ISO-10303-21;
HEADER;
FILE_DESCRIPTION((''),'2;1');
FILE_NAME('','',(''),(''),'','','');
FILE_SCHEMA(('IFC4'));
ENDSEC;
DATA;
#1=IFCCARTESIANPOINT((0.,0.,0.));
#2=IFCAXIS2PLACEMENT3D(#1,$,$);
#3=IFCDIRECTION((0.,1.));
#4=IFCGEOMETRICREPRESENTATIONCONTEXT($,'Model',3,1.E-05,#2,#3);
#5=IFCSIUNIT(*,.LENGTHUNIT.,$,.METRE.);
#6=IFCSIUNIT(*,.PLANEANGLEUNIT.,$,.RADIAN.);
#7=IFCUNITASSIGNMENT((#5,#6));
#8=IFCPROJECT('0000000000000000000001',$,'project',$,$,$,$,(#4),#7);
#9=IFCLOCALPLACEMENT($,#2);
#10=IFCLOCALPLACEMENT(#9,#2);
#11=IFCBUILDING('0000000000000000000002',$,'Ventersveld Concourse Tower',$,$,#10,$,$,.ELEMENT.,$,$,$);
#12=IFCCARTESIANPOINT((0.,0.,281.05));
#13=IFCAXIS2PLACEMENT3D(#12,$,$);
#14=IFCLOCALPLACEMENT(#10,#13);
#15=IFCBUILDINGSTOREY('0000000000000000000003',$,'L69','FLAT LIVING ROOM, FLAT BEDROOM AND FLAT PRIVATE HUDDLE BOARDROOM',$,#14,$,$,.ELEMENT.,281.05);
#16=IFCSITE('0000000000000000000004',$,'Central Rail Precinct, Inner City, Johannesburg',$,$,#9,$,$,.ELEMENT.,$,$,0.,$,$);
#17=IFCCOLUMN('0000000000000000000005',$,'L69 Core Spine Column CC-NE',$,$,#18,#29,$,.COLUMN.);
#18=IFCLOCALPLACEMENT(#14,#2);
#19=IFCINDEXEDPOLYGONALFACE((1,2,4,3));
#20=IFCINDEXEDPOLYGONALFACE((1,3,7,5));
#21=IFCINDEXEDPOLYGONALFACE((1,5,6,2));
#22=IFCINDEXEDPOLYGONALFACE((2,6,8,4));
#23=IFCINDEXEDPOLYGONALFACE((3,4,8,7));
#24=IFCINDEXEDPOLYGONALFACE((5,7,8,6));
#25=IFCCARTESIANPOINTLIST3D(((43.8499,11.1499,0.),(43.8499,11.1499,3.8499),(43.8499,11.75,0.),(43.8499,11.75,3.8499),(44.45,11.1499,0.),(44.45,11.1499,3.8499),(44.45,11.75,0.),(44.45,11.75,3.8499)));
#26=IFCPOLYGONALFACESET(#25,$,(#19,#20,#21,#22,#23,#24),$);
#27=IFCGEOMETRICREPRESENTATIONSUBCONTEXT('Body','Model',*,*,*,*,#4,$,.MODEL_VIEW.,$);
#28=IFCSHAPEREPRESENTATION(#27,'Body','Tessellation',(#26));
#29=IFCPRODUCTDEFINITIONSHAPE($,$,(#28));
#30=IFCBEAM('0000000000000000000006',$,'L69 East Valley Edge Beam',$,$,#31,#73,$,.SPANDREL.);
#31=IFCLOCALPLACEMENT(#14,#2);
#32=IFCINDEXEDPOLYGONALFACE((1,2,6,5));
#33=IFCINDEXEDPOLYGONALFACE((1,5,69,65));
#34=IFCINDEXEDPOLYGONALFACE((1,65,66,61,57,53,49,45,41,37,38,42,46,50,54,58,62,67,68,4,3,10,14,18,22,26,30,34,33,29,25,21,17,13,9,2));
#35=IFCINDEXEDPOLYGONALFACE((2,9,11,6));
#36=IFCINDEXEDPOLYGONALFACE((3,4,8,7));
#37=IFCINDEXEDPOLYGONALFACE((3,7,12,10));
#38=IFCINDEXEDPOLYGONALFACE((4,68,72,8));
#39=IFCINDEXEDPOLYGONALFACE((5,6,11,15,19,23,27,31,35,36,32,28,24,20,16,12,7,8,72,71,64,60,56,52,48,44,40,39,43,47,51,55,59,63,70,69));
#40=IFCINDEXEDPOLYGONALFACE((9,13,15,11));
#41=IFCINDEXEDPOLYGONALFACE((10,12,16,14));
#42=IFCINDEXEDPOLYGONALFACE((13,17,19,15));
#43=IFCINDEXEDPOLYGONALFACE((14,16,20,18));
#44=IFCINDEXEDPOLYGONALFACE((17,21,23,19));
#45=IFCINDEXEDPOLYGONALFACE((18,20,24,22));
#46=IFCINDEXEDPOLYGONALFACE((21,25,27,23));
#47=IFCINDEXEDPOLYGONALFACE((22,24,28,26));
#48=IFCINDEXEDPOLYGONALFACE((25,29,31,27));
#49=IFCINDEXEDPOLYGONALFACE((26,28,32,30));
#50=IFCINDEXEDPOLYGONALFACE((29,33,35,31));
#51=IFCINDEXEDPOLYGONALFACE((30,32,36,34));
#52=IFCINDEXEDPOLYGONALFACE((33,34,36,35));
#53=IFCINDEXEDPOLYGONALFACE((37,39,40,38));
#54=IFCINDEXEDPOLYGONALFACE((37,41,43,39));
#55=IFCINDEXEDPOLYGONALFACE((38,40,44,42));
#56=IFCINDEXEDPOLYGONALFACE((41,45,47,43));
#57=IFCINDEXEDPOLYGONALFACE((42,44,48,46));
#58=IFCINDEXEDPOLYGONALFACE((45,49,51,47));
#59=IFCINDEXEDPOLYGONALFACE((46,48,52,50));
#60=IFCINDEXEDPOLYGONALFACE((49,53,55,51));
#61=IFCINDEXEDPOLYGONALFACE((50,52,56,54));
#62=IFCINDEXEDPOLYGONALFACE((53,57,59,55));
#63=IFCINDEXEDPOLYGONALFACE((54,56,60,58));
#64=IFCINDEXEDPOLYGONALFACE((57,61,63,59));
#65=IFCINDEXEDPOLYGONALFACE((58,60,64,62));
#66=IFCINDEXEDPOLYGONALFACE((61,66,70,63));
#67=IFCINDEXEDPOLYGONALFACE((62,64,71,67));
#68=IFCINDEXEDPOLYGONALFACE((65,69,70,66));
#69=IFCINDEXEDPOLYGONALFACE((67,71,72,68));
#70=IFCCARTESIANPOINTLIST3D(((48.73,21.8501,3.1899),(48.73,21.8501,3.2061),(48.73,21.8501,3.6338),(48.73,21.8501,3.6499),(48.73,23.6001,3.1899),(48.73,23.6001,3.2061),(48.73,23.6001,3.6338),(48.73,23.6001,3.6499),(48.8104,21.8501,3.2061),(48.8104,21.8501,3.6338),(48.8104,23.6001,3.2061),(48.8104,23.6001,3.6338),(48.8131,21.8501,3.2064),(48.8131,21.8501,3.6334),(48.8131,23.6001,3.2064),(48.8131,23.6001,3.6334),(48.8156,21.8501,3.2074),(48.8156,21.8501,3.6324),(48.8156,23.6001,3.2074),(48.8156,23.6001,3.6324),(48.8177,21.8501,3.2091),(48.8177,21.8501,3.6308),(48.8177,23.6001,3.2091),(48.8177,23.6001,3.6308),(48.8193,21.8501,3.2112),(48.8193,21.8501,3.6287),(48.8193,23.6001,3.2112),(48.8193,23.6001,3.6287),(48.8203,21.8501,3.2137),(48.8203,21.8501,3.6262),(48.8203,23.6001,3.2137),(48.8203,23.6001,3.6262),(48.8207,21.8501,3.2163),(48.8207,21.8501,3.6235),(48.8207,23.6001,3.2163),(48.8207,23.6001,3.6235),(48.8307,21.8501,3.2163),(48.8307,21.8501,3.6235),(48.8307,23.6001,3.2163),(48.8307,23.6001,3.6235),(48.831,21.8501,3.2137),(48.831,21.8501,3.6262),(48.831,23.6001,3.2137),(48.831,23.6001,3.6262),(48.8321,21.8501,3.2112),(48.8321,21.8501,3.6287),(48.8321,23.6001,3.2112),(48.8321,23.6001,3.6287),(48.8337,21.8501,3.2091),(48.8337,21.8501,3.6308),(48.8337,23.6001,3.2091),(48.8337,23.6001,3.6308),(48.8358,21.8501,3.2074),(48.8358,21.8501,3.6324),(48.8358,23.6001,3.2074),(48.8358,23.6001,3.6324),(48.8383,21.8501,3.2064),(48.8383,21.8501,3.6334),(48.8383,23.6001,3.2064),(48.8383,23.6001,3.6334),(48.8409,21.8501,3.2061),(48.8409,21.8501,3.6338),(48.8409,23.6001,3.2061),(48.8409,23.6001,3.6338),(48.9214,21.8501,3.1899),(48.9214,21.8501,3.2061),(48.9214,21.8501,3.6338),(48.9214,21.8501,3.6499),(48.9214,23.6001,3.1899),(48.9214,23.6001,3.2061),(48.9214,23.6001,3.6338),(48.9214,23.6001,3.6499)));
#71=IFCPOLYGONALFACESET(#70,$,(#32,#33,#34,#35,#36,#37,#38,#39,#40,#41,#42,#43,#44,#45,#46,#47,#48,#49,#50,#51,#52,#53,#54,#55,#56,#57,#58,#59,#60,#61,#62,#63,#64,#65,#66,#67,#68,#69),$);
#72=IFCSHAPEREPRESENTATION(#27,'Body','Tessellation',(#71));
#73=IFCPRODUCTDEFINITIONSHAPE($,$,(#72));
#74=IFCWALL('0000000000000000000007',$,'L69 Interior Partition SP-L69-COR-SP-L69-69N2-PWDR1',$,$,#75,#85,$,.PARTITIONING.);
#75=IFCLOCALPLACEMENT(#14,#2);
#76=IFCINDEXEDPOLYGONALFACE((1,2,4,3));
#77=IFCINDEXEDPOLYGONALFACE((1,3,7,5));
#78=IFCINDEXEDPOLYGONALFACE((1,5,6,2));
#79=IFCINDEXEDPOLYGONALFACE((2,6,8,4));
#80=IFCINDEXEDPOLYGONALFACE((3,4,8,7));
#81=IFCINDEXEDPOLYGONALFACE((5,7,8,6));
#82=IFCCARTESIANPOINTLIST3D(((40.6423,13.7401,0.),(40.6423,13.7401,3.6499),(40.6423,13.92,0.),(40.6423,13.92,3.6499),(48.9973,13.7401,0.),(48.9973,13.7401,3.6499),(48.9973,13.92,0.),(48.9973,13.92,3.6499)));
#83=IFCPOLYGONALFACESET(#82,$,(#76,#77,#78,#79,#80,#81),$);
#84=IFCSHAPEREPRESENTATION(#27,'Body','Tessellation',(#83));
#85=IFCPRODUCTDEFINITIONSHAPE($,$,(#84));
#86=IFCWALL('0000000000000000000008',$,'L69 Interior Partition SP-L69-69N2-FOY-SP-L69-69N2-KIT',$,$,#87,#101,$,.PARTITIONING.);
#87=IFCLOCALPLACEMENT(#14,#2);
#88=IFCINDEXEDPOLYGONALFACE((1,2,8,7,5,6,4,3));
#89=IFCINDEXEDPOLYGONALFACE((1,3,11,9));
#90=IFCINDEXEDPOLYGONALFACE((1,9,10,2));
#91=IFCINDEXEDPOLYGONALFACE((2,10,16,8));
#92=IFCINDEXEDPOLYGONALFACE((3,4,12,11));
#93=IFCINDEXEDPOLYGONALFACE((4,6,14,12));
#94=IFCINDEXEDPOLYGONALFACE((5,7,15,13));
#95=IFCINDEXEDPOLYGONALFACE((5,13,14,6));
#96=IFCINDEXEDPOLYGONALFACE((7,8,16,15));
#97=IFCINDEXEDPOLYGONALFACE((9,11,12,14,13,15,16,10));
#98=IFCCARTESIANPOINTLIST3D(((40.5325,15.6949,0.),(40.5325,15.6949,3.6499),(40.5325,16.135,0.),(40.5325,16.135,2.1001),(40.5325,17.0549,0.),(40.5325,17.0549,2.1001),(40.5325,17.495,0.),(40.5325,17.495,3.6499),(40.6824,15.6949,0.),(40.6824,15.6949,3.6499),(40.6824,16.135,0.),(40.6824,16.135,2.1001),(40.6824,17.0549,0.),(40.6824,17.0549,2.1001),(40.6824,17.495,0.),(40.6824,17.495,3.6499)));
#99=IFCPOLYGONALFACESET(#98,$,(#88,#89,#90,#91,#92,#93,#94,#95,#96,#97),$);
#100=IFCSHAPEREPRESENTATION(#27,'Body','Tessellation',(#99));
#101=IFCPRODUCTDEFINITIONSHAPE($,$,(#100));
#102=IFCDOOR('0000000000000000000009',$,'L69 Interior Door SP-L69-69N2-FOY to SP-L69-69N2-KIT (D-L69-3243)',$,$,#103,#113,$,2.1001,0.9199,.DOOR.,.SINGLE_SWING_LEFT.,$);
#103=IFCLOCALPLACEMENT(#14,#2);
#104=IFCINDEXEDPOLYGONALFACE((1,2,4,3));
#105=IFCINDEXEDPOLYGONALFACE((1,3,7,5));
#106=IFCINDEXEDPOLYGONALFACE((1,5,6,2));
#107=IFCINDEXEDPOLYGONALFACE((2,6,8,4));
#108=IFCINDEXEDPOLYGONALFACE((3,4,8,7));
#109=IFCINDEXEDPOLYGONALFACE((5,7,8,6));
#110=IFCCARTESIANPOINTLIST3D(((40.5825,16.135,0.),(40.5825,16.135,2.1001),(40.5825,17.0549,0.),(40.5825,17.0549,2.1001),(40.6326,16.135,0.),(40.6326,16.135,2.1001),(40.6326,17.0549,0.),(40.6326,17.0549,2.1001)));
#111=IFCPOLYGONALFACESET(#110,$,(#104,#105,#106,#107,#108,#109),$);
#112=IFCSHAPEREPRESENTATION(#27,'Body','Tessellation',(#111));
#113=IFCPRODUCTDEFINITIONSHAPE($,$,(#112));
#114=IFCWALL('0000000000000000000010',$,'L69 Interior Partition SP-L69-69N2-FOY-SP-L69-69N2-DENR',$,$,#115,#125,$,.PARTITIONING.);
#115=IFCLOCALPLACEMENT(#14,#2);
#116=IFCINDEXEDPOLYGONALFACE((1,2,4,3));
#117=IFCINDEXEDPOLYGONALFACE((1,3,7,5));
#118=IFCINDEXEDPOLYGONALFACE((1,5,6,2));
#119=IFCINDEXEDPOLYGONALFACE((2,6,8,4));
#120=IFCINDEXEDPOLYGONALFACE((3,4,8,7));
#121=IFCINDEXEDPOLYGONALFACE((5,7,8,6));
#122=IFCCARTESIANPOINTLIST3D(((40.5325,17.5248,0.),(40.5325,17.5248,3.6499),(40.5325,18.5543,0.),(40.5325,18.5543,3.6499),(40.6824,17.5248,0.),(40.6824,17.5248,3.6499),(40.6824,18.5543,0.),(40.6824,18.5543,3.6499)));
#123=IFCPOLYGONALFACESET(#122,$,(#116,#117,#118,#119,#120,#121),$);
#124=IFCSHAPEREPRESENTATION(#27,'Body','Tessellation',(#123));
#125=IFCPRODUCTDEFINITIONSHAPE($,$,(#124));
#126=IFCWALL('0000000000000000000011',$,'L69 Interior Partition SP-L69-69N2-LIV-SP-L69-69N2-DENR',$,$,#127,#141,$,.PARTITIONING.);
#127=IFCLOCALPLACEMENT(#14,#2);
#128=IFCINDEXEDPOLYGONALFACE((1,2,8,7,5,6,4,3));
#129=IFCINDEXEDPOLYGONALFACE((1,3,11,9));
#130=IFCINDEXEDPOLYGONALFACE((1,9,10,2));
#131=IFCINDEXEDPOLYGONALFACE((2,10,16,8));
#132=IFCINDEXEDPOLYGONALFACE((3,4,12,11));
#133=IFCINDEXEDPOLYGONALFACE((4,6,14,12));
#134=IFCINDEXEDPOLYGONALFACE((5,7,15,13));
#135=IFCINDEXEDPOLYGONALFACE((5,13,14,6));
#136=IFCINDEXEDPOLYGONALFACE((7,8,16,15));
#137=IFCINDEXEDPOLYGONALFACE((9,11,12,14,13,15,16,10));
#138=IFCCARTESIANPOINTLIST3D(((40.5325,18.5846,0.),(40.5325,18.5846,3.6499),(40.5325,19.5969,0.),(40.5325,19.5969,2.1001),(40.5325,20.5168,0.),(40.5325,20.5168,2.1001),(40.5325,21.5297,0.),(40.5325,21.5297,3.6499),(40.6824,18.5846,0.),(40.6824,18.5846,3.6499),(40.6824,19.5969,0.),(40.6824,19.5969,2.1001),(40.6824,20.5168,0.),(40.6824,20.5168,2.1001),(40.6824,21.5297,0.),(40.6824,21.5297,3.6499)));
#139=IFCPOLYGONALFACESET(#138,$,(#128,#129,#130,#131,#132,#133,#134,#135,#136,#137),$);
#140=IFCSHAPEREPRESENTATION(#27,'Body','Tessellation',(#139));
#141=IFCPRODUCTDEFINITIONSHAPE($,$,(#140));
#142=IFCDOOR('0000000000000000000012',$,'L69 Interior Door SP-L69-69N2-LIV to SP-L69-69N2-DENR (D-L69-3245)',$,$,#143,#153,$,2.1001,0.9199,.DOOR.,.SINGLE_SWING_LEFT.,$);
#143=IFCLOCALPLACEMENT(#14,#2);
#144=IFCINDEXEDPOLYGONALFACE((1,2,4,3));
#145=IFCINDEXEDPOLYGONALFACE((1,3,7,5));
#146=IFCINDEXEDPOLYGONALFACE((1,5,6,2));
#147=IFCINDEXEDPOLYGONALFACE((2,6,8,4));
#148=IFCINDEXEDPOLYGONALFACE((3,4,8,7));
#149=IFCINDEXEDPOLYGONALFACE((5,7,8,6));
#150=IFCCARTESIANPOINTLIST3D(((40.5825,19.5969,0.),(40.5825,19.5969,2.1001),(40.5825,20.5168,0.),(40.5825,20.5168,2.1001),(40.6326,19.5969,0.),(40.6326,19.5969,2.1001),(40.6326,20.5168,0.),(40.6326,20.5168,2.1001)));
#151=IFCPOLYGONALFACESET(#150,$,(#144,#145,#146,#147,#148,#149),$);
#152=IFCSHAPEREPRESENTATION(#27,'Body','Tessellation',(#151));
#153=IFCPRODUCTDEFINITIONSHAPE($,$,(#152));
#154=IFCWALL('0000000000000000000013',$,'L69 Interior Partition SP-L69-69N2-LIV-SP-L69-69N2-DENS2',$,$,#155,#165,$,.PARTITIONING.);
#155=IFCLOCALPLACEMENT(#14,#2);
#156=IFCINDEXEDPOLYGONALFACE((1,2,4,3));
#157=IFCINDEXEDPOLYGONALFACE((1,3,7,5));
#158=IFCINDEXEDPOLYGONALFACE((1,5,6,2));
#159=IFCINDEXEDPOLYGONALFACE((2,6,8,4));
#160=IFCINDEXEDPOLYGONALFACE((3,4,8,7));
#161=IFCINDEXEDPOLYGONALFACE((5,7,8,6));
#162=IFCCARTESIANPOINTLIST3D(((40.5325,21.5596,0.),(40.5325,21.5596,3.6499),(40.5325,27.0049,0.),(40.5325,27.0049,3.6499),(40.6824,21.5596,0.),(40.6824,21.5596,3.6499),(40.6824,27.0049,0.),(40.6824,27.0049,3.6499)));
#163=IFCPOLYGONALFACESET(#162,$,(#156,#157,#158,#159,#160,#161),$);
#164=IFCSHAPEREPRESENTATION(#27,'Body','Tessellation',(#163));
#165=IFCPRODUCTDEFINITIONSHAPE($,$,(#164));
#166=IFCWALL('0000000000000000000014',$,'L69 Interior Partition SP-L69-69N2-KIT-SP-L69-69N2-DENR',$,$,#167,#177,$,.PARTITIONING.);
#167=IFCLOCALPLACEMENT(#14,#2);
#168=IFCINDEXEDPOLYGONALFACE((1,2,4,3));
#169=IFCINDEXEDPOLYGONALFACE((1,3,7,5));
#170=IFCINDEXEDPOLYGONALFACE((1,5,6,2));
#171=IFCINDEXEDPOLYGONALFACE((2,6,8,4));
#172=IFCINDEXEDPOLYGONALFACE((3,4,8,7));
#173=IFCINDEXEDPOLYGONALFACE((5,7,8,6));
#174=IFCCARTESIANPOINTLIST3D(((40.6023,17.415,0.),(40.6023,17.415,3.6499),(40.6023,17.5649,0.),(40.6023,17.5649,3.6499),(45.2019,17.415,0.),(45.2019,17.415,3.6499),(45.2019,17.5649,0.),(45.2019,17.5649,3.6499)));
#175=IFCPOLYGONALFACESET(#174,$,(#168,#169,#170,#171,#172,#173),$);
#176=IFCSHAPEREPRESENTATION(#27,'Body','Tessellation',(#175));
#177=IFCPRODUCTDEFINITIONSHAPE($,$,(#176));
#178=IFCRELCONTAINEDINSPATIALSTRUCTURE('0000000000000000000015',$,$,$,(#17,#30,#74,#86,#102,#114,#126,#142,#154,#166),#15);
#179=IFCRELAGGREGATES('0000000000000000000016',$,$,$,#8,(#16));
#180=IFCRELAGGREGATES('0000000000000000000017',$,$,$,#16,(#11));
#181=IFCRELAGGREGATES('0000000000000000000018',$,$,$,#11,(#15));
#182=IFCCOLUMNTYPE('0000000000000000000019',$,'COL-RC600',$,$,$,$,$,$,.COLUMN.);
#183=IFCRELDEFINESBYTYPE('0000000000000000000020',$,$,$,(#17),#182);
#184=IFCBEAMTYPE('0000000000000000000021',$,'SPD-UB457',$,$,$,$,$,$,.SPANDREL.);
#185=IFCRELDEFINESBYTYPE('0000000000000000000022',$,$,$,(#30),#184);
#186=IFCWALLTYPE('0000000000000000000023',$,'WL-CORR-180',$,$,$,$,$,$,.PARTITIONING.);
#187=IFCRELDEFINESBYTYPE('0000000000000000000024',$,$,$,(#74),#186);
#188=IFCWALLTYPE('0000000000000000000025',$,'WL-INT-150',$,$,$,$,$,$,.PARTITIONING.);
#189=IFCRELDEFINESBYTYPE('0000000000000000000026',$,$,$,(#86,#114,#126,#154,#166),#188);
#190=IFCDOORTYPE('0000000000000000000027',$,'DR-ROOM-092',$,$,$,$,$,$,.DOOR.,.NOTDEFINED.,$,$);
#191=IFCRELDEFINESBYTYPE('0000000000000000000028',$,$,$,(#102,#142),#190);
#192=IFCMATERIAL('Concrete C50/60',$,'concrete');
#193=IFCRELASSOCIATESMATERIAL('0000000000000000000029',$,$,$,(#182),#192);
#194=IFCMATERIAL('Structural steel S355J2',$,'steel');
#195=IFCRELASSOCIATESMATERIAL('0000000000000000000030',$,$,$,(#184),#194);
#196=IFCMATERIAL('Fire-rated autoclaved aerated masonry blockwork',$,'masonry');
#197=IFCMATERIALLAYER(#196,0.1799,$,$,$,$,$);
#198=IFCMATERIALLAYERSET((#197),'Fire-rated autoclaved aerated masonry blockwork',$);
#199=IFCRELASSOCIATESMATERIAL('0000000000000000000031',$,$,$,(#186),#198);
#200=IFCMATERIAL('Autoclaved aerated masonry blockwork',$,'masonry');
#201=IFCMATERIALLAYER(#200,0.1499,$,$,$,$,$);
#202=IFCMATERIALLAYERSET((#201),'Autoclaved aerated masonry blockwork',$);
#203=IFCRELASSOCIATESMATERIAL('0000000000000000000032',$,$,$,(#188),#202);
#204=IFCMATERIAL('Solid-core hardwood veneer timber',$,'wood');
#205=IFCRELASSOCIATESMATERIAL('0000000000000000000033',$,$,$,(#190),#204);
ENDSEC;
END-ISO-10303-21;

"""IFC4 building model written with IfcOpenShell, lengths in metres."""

from ifc_helpers import new_model, si_unit, direction, frame, frame_2d, origin, origin_2d, place, context, subcontext, project, spatial, rectangle, i_section, extrude, material, layer, layer_set, material_profile, profile_set, type_object, element, fill, save


model = new_model("IFC4")

# Units and contexts
model_context = context("Model", 3, precision=1e-05, world=origin(), true_north=direction((0.0, 1.0)))
body_context = subcontext(model_context, "Body", "Model", "MODEL_VIEW")
ifc_project = project(units=[si_unit("LENGTHUNIT", "METRE"), si_unit("PLANEANGLEUNIT", "RADIAN")], contexts=[model_context])

# Site, building, storey
site_placement = place(None, origin())
site = spatial("IfcSite", under=ifc_project, at=site_placement, Name="Central Rail Precinct, Inner City, Johannesburg", CompositionType="ELEMENT", RefElevation=0.0)
building_placement = place(site_placement, origin())
building = spatial("IfcBuilding", under=site, at=building_placement, Name="Ventersveld Concourse Tower", CompositionType="ELEMENT")
storey_placement = place(building_placement, frame((0.0, 0.0, 281.05)))
storey = spatial("IfcBuildingStorey", under=building, at=storey_placement, Name="L69", Description="FLAT LIVING ROOM, FLAT BEDROOM AND FLAT PRIVATE HUDDLE BOARDROOM", CompositionType="ELEMENT", Elevation=281.05)

# Column
ifc_material_1 = material(Name="Concrete C50/60", Category="concrete")
ifc_material_profile_1 = material_profile(ifc_material_1, rectangle(XDim=0.6001, YDim=0.6001, at=origin_2d()), Name="RC 600x600")
ifc_profile_set_1 = profile_set([ifc_material_profile_1], Name="Concrete C50/60")
column_type = type_object("IfcColumnType", Name="COL-RC600", PredefinedType="COLUMN", material=ifc_profile_set_1)
column_placement = place(storey_placement, frame((44.1499, 11.45, 0.0), z_axis=(0.0, 0.0, 1.0), x_axis=(1.0, 0.0, 0.0)))
element("IfcColumn", 1, at=column_placement, inside=storey, type_object=column_type, Name="L69 Core Spine Column CC-NE", PredefinedType="COLUMN", context=body_context, shape_type="SweptSolid", body=[
    extrude(rectangle(XDim=0.6001, YDim=0.6001, at=origin_2d()), origin(), (0.0, 0.0, 1.0), 3.8499),
])

# Beam
ifc_material_2 = material(Name="Structural steel S355J2", Category="steel")
ifc_material_profile_2 = material_profile(ifc_material_2, i_section(OverallWidth=0.1914, OverallDepth=0.46, WebThickness=0.01, FlangeThickness=0.0161, FilletRadius=0.0103, at=origin_2d()), Name="UB 457x191x82")
ifc_profile_set_2 = profile_set([ifc_material_profile_2], Name="Structural steel S355J2")
beam_type = type_object("IfcBeamType", Name="SPD-UB457", PredefinedType="SPANDREL", material=ifc_profile_set_2)
beam_placement = place(storey_placement, frame((48.8257, 21.8501, 3.4199), z_axis=(0.0, 1.0, 0.0), x_axis=(-1.0, 0.0, 0.0)))
element("IfcBeam", 2, at=beam_placement, inside=storey, type_object=beam_type, Name="L69 East Valley Edge Beam", PredefinedType="SPANDREL", context=body_context, shape_type="SweptSolid", body=[
    extrude(i_section(OverallWidth=0.1914, OverallDepth=0.46, WebThickness=0.01, FlangeThickness=0.0161, FilletRadius=0.0103, at=origin_2d()), origin(), (0.0, 0.0, 1.0), 1.75),
])

# Shared definitions
ifc_material_3 = material(Name="Fire-rated autoclaved aerated masonry blockwork", Category="masonry")
ifc_layer_1 = layer(ifc_material_3, 0.1799)
ifc_layer_set_1 = layer_set([ifc_layer_1], Name="Fire-rated autoclaved aerated masonry blockwork")
wall_type_1 = type_object("IfcWallType", Name="WL-CORR-180", PredefinedType="PARTITIONING", material=ifc_layer_set_1)
ifc_material_4 = material(Name="Solid-core hardwood veneer timber", Category="wood")

# Wall
wall_1_placement = place(storey_placement, frame((40.6423, 13.8301, 0.0), z_axis=(0.0, 0.0, 1.0), x_axis=(1.0, 0.0, 0.0)))
element("IfcWall", 3, at=wall_1_placement, inside=storey, type_object=wall_type_1, Name="L69 Interior Partition SP-L69-COR-SP-L69-69N2-PWDR1", PredefinedType="PARTITIONING", context=body_context, shape_type="SweptSolid", body=[
    extrude(rectangle(XDim=8.355, YDim=0.1799, at=frame_2d((4.1775, 0.0))), origin(), (0.0, 0.0, 1.0), 3.6499),
])

# Wall, opening, door
ifc_material_5 = material(Name="Autoclaved aerated masonry blockwork", Category="masonry")
ifc_layer_2 = layer(ifc_material_5, 0.1499)
ifc_layer_set_2 = layer_set([ifc_layer_2], Name="Autoclaved aerated masonry blockwork")
wall_type_2 = type_object("IfcWallType", Name="WL-INT-150", PredefinedType="PARTITIONING", material=ifc_layer_set_2)
wall_2_placement = place(storey_placement, frame((40.6074, 15.6951, 0.0), z_axis=(0.0, 0.0, 1.0), x_axis=(0.0, 1.0, 0.0)))
wall_2 = element("IfcWall", 4, at=wall_2_placement, inside=storey, type_object=wall_type_2, Name="L69 Interior Partition SP-L69-69N2-FOY-SP-L69-69N2-KIT", PredefinedType="PARTITIONING", context=body_context, shape_type="SweptSolid", body=[
    extrude(rectangle(XDim=1.8, YDim=0.1499, at=frame_2d((0.8999, 0.0))), origin(), (0.0, 0.0, 1.0), 3.6499),
])
opening_1_placement = place(wall_2_placement, frame((0.4399, 0.0, 0.0)))
opening_1 = element("IfcOpeningElement", 5, at=opening_1_placement, cuts=wall_2, PredefinedType="OPENING", context=body_context, shape_type="SweptSolid", body=[
    extrude(rectangle(XDim=0.9199, YDim=2.1001, at=frame_2d((0.46, 1.05))), frame((0.0, 0.085, 0.0), z_axis=(0.0, -1.0, 0.0), x_axis=(1.0, 0.0, 0.0)), (0.0, 0.0, 1.0), 0.1699),
])
door_type_1 = type_object("IfcDoorType", Name="DR-ROOM-092", OperationType="NOTDEFINED", PredefinedType="DOOR", material=ifc_material_4)
door_1_placement = place(opening_1_placement, origin())
door_1 = element("IfcDoor", 6, at=door_1_placement, inside=storey, type_object=door_type_1, Name="L69 Interior Door SP-L69-69N2-FOY to SP-L69-69N2-KIT (D-L69-3243)", OperationType="SINGLE_SWING_LEFT", OverallHeight=2.1001, OverallWidth=0.9199, PredefinedType="DOOR", context=body_context, shape_type="SweptSolid", body=[
    extrude(rectangle(XDim=0.9199, YDim=2.1001, at=frame_2d((0.46, 1.05))), frame((0.0, 0.0249, 0.0), z_axis=(0.0, -1.0, 0.0), x_axis=(1.0, 0.0, 0.0)), (0.0, 0.0, 1.0), 0.05),
])
fill(opening_1, door_1)

# Wall
wall_3_placement = place(storey_placement, frame((40.6074, 17.5249, 0.0), z_axis=(0.0, 0.0, 1.0), x_axis=(0.0, 1.0, 0.0)))
element("IfcWall", 7, at=wall_3_placement, inside=storey, type_object=wall_type_2, Name="L69 Interior Partition SP-L69-69N2-FOY-SP-L69-69N2-DENR", PredefinedType="PARTITIONING", context=body_context, shape_type="SweptSolid", body=[
    extrude(rectangle(XDim=1.0295, YDim=0.1499, at=frame_2d((0.5146, 0.0))), origin(), (0.0, 0.0, 1.0), 3.6499),
])

# Wall, opening, door
wall_4_placement = place(storey_placement, frame((40.6074, 18.5845, 0.0), z_axis=(0.0, 0.0, 1.0), x_axis=(0.0, 1.0, 0.0)))
wall_4 = element("IfcWall", 8, at=wall_4_placement, inside=storey, type_object=wall_type_2, Name="L69 Interior Partition SP-L69-69N2-LIV-SP-L69-69N2-DENR", PredefinedType="PARTITIONING", context=body_context, shape_type="SweptSolid", body=[
    extrude(rectangle(XDim=2.9451, YDim=0.1499, at=frame_2d((1.4727, 0.0))), origin(), (0.0, 0.0, 1.0), 3.6499),
])
opening_2_placement = place(wall_4_placement, frame((1.0125, 0.0, 0.0)))
opening_2 = element("IfcOpeningElement", 9, at=opening_2_placement, cuts=wall_4, PredefinedType="OPENING", context=body_context, shape_type="SweptSolid", body=[
    extrude(rectangle(XDim=0.9199, YDim=2.1001, at=frame_2d((0.46, 1.05))), frame((0.0, 0.085, 0.0), z_axis=(0.0, -1.0, 0.0), x_axis=(1.0, 0.0, 0.0)), (0.0, 0.0, 1.0), 0.1699),
])
door_2_placement = place(opening_2_placement, origin())
door_2 = element("IfcDoor", 10, at=door_2_placement, inside=storey, type_object=door_type_1, Name="L69 Interior Door SP-L69-69N2-LIV to SP-L69-69N2-DENR (D-L69-3245)", OperationType="SINGLE_SWING_LEFT", OverallHeight=2.1001, OverallWidth=0.9199, PredefinedType="DOOR", context=body_context, shape_type="SweptSolid", body=[
    extrude(rectangle(XDim=0.9199, YDim=2.1001, at=frame_2d((0.46, 1.05))), frame((0.0, 0.0249, 0.0), z_axis=(0.0, -1.0, 0.0), x_axis=(1.0, 0.0, 0.0)), (0.0, 0.0, 1.0), 0.05),
])
fill(opening_2, door_2)

# Walls
wall_5_placement = place(storey_placement, frame((40.6074, 21.5596, 0.0), z_axis=(0.0, 0.0, 1.0), x_axis=(0.0, 1.0, 0.0)))
element("IfcWall", 11, at=wall_5_placement, inside=storey, type_object=wall_type_2, Name="L69 Interior Partition SP-L69-69N2-LIV-SP-L69-69N2-DENS2", PredefinedType="PARTITIONING", context=body_context, shape_type="SweptSolid", body=[
    extrude(rectangle(XDim=5.4453, YDim=0.1499, at=frame_2d((2.7227, 0.0))), origin(), (0.0, 0.0, 1.0), 3.6499),
])
wall_6_placement = place(storey_placement, frame((40.6023, 17.49, 0.0), z_axis=(0.0, 0.0, 1.0), x_axis=(1.0, 0.0, 0.0)))
element("IfcWall", 12, at=wall_6_placement, inside=storey, type_object=wall_type_2, Name="L69 Interior Partition SP-L69-69N2-KIT-SP-L69-69N2-DENR", PredefinedType="PARTITIONING", context=body_context, shape_type="SweptSolid", body=[
    extrude(rectangle(XDim=4.5996, YDim=0.1499, at=frame_2d((2.2998, 0.0))), origin(), (0.0, 0.0, 1.0), 3.6499),
])

save(model, "model.ifc")
